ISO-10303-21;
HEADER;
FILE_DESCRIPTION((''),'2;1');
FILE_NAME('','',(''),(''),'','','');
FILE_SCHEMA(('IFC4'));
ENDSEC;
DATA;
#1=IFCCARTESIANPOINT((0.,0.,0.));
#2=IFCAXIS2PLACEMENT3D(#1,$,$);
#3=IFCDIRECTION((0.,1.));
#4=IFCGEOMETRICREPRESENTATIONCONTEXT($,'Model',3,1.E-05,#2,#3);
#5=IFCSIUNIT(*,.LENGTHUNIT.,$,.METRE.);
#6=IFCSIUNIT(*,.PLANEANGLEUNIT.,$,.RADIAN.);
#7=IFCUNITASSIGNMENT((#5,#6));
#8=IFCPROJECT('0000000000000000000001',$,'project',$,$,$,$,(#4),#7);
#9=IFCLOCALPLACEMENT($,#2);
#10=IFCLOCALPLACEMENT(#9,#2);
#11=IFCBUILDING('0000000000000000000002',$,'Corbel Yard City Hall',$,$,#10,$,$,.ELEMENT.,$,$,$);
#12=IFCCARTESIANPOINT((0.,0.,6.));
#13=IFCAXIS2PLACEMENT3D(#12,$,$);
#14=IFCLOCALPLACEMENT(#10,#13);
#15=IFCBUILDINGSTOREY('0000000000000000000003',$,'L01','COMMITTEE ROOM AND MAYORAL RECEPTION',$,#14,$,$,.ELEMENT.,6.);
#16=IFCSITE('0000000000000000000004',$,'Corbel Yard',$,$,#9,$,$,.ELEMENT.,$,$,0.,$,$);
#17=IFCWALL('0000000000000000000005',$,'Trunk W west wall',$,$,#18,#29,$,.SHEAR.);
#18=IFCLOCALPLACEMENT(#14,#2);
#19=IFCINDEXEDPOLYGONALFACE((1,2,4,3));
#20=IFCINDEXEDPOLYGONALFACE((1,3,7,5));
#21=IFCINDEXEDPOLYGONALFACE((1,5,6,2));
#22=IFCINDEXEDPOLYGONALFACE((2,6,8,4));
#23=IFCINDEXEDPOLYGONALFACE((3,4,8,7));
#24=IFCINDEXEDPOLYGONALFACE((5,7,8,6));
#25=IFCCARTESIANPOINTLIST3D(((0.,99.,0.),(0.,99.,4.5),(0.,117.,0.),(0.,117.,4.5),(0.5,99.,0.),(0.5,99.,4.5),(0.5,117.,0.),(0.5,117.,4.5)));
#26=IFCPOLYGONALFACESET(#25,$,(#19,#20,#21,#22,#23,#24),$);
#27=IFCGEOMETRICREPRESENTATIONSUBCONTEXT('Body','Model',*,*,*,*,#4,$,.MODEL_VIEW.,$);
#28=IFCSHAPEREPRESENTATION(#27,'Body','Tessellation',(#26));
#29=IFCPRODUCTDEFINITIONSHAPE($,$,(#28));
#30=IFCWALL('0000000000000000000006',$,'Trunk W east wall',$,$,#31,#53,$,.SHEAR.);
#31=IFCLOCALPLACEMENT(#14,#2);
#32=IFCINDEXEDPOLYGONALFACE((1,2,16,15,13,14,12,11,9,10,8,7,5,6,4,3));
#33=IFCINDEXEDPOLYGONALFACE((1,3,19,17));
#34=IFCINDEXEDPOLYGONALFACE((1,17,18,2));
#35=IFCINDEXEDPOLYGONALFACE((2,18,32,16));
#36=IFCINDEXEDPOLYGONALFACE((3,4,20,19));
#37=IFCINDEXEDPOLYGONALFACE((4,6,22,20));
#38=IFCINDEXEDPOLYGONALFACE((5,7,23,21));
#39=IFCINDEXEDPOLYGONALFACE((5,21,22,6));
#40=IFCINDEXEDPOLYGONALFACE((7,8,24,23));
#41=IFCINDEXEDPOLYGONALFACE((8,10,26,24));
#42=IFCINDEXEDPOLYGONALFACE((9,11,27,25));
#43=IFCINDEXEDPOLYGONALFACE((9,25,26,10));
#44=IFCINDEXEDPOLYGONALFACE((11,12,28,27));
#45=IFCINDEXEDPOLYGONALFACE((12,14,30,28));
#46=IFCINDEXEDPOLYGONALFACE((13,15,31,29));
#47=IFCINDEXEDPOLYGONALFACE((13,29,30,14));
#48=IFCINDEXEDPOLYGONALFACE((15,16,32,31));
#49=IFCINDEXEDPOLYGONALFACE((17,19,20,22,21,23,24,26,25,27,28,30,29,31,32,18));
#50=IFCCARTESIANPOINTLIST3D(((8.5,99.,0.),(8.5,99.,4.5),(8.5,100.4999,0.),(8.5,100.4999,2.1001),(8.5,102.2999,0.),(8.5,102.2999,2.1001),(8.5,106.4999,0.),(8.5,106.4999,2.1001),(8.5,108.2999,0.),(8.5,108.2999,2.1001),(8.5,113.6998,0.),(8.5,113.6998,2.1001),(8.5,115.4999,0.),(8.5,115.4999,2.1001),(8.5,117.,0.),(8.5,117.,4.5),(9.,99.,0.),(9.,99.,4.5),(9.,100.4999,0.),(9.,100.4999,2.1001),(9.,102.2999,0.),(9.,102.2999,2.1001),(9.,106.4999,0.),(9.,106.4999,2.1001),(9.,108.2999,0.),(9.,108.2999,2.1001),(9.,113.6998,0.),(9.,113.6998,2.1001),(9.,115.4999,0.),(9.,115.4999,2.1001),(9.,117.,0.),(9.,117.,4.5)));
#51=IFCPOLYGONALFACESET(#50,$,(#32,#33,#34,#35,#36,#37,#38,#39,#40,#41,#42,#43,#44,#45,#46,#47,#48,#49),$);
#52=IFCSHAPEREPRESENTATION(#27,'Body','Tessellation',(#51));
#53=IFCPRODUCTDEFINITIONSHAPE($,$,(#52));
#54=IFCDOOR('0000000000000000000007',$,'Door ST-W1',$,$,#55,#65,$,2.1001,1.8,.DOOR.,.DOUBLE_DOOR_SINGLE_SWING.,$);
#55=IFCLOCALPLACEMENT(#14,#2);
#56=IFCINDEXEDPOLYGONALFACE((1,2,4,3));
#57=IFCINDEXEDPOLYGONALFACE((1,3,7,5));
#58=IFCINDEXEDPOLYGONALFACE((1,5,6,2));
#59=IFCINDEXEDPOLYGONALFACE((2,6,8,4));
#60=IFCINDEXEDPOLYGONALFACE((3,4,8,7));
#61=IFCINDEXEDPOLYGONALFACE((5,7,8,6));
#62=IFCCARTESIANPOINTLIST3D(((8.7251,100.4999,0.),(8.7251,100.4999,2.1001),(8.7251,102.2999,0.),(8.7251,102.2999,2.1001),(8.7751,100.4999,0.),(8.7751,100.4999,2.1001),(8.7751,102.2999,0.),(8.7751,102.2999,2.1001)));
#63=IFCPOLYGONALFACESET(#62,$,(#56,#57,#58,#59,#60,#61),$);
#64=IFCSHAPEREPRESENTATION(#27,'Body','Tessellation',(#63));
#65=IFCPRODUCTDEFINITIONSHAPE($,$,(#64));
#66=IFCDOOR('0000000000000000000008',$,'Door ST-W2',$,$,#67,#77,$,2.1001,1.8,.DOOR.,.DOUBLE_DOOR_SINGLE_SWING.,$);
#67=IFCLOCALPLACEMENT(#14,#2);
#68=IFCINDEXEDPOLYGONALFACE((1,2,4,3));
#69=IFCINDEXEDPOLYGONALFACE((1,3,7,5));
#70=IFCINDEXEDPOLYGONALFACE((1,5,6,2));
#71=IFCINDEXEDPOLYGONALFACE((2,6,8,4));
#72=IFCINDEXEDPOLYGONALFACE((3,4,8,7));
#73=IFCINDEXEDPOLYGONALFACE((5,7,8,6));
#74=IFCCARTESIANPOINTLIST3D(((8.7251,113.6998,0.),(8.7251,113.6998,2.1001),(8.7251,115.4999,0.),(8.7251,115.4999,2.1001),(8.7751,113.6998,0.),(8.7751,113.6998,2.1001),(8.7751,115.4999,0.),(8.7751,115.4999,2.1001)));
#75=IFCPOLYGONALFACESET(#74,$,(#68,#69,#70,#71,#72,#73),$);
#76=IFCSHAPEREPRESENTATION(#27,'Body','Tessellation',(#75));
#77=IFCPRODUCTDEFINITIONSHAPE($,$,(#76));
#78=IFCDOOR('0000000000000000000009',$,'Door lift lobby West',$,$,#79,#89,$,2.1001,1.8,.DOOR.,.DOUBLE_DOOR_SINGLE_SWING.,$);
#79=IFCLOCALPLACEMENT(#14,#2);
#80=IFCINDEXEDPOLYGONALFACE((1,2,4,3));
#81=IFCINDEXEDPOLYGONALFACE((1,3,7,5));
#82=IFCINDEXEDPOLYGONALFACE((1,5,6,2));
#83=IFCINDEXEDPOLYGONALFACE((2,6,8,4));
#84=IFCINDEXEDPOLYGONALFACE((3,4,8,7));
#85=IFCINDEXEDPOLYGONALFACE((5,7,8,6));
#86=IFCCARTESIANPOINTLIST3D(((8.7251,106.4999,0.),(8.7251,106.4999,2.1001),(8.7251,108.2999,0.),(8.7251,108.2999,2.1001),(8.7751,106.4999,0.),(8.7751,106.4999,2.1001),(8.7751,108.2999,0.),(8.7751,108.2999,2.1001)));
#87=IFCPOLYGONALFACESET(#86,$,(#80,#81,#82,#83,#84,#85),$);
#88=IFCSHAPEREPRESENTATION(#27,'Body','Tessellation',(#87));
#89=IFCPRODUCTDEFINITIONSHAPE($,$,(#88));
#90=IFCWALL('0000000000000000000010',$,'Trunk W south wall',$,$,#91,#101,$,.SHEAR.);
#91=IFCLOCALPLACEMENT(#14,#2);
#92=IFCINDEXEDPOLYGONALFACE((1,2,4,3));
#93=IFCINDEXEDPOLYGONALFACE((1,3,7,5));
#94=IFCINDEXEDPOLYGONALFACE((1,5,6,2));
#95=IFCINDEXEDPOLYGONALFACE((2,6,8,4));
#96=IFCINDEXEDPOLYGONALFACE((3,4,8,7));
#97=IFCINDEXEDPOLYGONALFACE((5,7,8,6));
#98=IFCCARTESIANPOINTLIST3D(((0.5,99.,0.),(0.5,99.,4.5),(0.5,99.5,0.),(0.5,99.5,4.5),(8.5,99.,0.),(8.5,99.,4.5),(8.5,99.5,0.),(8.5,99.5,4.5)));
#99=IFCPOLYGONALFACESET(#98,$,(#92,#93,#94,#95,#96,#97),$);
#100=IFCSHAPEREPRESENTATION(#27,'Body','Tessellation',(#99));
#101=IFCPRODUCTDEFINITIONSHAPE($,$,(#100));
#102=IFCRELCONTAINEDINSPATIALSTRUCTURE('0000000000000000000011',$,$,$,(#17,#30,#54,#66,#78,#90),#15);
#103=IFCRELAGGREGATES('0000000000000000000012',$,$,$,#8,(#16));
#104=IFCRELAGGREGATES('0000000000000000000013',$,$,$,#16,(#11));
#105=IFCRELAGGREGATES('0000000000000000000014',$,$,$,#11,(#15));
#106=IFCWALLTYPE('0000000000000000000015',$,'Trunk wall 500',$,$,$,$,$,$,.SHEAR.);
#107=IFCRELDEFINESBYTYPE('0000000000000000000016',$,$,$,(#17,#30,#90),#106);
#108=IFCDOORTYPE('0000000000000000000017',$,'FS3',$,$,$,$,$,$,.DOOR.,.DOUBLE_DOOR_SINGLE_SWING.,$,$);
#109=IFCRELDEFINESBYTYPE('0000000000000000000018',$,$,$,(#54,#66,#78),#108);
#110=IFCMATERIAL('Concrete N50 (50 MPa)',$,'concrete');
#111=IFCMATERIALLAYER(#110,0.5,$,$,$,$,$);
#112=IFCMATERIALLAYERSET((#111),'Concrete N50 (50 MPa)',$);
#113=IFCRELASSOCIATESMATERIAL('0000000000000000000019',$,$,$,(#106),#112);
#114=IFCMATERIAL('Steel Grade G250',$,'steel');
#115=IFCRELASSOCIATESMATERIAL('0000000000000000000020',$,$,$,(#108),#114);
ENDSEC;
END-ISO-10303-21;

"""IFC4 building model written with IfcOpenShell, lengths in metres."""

from ifc_helpers import new_model, si_unit, direction, frame, frame_2d, origin, place, context, subcontext, project, spatial, rectangle, extrude, material, layer, layer_set, type_object, element, fill, save


model = new_model("IFC4")

# Units and contexts
model_context = context("Model", 3, precision=1e-05, world=origin(), true_north=direction((0.0, 1.0)))
body_context = subcontext(model_context, "Body", "Model", "MODEL_VIEW")
ifc_project = project(units=[si_unit("LENGTHUNIT", "METRE"), si_unit("PLANEANGLEUNIT", "RADIAN")], contexts=[model_context])

# Site, building, storey
site_placement = place(None, origin())
site = spatial("IfcSite", under=ifc_project, at=site_placement, Name="Corbel Yard", CompositionType="ELEMENT", RefElevation=0.0)
building_placement = place(site_placement, origin())
building = spatial("IfcBuilding", under=site, at=building_placement, Name="Corbel Yard City Hall", CompositionType="ELEMENT")
storey_placement = place(building_placement, frame((0.0, 0.0, 6.0)))
storey = spatial("IfcBuildingStorey", under=building, at=storey_placement, Name="L01", Description="COMMITTEE ROOM AND MAYORAL RECEPTION", CompositionType="ELEMENT", Elevation=6.0)

# Wall
ifc_material_1 = material(Name="Concrete N50 (50 MPa)", Category="concrete")
ifc_layer_1 = layer(ifc_material_1, 0.5)
ifc_layer_set_1 = layer_set([ifc_layer_1], Name="Concrete N50 (50 MPa)")
wall_type_1 = type_object("IfcWallType", Name="Trunk wall 500", PredefinedType="SHEAR", material=ifc_layer_set_1)
wall_1_placement = place(storey_placement, frame((0.25, 99.0, 0.0), z_axis=(0.0, 0.0, 1.0), x_axis=(0.0, 1.0, 0.0)))
element("IfcWall", 1, at=wall_1_placement, inside=storey, type_object=wall_type_1, Name="Trunk W west wall", PredefinedType="SHEAR", context=body_context, shape_type="SweptSolid", body=[
    extrude(rectangle(XDim=18.0, YDim=0.5, at=frame_2d((9.0, 0.0))), origin(), (0.0, 0.0, 1.0), 4.5),
])

# Wall, openings, doors
wall_2_placement = place(storey_placement, frame((8.75, 99.0, 0.0), z_axis=(0.0, 0.0, 1.0), x_axis=(0.0, 1.0, 0.0)))
wall_2 = element("IfcWall", 2, at=wall_2_placement, inside=storey, type_object=wall_type_1, Name="Trunk W east wall", PredefinedType="SHEAR", context=body_context, shape_type="SweptSolid", body=[
    extrude(rectangle(XDim=18.0, YDim=0.5, at=frame_2d((9.0, 0.0))), origin(), (0.0, 0.0, 1.0), 4.5),
])
opening_1_placement = place(wall_2_placement, frame((1.5, 0.0, 0.0)))
opening_1 = element("IfcOpeningElement", 3, at=opening_1_placement, cuts=wall_2, PredefinedType="OPENING", context=body_context, shape_type="SweptSolid", body=[
    extrude(rectangle(XDim=1.8, YDim=2.1001, at=frame_2d((0.8999, 1.05))), frame((0.0, 0.26, 0.0), z_axis=(0.0, -1.0, 0.0), x_axis=(1.0, 0.0, 0.0)), (0.0, 0.0, 1.0), 0.52),
])
opening_2_placement = place(wall_2_placement, frame((14.7, 0.0, 0.0)))
opening_2 = element("IfcOpeningElement", 4, at=opening_2_placement, cuts=wall_2, PredefinedType="OPENING", context=body_context, shape_type="SweptSolid", body=[
    extrude(rectangle(XDim=1.8, YDim=2.1001, at=frame_2d((0.8999, 1.05))), frame((0.0, 0.26, 0.0), z_axis=(0.0, -1.0, 0.0), x_axis=(1.0, 0.0, 0.0)), (0.0, 0.0, 1.0), 0.52),
])
opening_3_placement = place(wall_2_placement, frame((7.5, 0.0, 0.0)))
opening_3 = element("IfcOpeningElement", 5, at=opening_3_placement, cuts=wall_2, PredefinedType="OPENING", context=body_context, shape_type="SweptSolid", body=[
    extrude(rectangle(XDim=1.8, YDim=2.1001, at=frame_2d((0.8999, 1.05))), frame((0.0, 0.26, 0.0), z_axis=(0.0, -1.0, 0.0), x_axis=(1.0, 0.0, 0.0)), (0.0, 0.0, 1.0), 0.52),
])
ifc_material_2 = material(Name="Steel Grade G250", Category="steel")
door_type_1 = type_object("IfcDoorType", Name="FS3", OperationType="DOUBLE_DOOR_SINGLE_SWING", PredefinedType="DOOR", material=ifc_material_2)
door_1_placement = place(opening_1_placement, origin())
door_1 = element("IfcDoor", 6, at=door_1_placement, inside=storey, type_object=door_type_1, Name="Door ST-W1", OperationType="DOUBLE_DOOR_SINGLE_SWING", OverallHeight=2.1001, OverallWidth=1.8, PredefinedType="DOOR", context=body_context, shape_type="SweptSolid", body=[
    extrude(rectangle(XDim=1.8, YDim=2.1001, at=frame_2d((0.8999, 1.05))), frame((0.0, 0.0249, 0.0), z_axis=(0.0, -1.0, 0.0), x_axis=(1.0, 0.0, 0.0)), (0.0, 0.0, 1.0), 0.05),
])
fill(opening_1, door_1)
door_2_placement = place(opening_2_placement, origin())
door_2 = element("IfcDoor", 7, at=door_2_placement, inside=storey, type_object=door_type_1, Name="Door ST-W2", OperationType="DOUBLE_DOOR_SINGLE_SWING", OverallHeight=2.1001, OverallWidth=1.8, PredefinedType="DOOR", context=body_context, shape_type="SweptSolid", body=[
    extrude(rectangle(XDim=1.8, YDim=2.1001, at=frame_2d((0.8999, 1.05))), frame((0.0, 0.0249, 0.0), z_axis=(0.0, -1.0, 0.0), x_axis=(1.0, 0.0, 0.0)), (0.0, 0.0, 1.0), 0.05),
])
fill(opening_2, door_2)
door_3_placement = place(opening_3_placement, origin())
door_3 = element("IfcDoor", 8, at=door_3_placement, inside=storey, type_object=door_type_1, Name="Door lift lobby West", OperationType="DOUBLE_DOOR_SINGLE_SWING", OverallHeight=2.1001, OverallWidth=1.8, PredefinedType="DOOR", context=body_context, shape_type="SweptSolid", body=[
    extrude(rectangle(XDim=1.8, YDim=2.1001, at=frame_2d((0.8999, 1.05))), frame((0.0, 0.0249, 0.0), z_axis=(0.0, -1.0, 0.0), x_axis=(1.0, 0.0, 0.0)), (0.0, 0.0, 1.0), 0.05),
])
fill(opening_3, door_3)

# Wall
wall_3_placement = place(storey_placement, frame((0.5, 99.25, 0.0), z_axis=(0.0, 0.0, 1.0), x_axis=(1.0, 0.0, 0.0)))
element("IfcWall", 9, at=wall_3_placement, inside=storey, type_object=wall_type_1, Name="Trunk W south wall", PredefinedType="SHEAR", context=body_context, shape_type="SweptSolid", body=[
    extrude(rectangle(XDim=8.0, YDim=0.5, at=frame_2d((4.0, 0.0))), origin(), (0.0, 0.0, 1.0), 4.5),
])

save(model, "model.ifc")
